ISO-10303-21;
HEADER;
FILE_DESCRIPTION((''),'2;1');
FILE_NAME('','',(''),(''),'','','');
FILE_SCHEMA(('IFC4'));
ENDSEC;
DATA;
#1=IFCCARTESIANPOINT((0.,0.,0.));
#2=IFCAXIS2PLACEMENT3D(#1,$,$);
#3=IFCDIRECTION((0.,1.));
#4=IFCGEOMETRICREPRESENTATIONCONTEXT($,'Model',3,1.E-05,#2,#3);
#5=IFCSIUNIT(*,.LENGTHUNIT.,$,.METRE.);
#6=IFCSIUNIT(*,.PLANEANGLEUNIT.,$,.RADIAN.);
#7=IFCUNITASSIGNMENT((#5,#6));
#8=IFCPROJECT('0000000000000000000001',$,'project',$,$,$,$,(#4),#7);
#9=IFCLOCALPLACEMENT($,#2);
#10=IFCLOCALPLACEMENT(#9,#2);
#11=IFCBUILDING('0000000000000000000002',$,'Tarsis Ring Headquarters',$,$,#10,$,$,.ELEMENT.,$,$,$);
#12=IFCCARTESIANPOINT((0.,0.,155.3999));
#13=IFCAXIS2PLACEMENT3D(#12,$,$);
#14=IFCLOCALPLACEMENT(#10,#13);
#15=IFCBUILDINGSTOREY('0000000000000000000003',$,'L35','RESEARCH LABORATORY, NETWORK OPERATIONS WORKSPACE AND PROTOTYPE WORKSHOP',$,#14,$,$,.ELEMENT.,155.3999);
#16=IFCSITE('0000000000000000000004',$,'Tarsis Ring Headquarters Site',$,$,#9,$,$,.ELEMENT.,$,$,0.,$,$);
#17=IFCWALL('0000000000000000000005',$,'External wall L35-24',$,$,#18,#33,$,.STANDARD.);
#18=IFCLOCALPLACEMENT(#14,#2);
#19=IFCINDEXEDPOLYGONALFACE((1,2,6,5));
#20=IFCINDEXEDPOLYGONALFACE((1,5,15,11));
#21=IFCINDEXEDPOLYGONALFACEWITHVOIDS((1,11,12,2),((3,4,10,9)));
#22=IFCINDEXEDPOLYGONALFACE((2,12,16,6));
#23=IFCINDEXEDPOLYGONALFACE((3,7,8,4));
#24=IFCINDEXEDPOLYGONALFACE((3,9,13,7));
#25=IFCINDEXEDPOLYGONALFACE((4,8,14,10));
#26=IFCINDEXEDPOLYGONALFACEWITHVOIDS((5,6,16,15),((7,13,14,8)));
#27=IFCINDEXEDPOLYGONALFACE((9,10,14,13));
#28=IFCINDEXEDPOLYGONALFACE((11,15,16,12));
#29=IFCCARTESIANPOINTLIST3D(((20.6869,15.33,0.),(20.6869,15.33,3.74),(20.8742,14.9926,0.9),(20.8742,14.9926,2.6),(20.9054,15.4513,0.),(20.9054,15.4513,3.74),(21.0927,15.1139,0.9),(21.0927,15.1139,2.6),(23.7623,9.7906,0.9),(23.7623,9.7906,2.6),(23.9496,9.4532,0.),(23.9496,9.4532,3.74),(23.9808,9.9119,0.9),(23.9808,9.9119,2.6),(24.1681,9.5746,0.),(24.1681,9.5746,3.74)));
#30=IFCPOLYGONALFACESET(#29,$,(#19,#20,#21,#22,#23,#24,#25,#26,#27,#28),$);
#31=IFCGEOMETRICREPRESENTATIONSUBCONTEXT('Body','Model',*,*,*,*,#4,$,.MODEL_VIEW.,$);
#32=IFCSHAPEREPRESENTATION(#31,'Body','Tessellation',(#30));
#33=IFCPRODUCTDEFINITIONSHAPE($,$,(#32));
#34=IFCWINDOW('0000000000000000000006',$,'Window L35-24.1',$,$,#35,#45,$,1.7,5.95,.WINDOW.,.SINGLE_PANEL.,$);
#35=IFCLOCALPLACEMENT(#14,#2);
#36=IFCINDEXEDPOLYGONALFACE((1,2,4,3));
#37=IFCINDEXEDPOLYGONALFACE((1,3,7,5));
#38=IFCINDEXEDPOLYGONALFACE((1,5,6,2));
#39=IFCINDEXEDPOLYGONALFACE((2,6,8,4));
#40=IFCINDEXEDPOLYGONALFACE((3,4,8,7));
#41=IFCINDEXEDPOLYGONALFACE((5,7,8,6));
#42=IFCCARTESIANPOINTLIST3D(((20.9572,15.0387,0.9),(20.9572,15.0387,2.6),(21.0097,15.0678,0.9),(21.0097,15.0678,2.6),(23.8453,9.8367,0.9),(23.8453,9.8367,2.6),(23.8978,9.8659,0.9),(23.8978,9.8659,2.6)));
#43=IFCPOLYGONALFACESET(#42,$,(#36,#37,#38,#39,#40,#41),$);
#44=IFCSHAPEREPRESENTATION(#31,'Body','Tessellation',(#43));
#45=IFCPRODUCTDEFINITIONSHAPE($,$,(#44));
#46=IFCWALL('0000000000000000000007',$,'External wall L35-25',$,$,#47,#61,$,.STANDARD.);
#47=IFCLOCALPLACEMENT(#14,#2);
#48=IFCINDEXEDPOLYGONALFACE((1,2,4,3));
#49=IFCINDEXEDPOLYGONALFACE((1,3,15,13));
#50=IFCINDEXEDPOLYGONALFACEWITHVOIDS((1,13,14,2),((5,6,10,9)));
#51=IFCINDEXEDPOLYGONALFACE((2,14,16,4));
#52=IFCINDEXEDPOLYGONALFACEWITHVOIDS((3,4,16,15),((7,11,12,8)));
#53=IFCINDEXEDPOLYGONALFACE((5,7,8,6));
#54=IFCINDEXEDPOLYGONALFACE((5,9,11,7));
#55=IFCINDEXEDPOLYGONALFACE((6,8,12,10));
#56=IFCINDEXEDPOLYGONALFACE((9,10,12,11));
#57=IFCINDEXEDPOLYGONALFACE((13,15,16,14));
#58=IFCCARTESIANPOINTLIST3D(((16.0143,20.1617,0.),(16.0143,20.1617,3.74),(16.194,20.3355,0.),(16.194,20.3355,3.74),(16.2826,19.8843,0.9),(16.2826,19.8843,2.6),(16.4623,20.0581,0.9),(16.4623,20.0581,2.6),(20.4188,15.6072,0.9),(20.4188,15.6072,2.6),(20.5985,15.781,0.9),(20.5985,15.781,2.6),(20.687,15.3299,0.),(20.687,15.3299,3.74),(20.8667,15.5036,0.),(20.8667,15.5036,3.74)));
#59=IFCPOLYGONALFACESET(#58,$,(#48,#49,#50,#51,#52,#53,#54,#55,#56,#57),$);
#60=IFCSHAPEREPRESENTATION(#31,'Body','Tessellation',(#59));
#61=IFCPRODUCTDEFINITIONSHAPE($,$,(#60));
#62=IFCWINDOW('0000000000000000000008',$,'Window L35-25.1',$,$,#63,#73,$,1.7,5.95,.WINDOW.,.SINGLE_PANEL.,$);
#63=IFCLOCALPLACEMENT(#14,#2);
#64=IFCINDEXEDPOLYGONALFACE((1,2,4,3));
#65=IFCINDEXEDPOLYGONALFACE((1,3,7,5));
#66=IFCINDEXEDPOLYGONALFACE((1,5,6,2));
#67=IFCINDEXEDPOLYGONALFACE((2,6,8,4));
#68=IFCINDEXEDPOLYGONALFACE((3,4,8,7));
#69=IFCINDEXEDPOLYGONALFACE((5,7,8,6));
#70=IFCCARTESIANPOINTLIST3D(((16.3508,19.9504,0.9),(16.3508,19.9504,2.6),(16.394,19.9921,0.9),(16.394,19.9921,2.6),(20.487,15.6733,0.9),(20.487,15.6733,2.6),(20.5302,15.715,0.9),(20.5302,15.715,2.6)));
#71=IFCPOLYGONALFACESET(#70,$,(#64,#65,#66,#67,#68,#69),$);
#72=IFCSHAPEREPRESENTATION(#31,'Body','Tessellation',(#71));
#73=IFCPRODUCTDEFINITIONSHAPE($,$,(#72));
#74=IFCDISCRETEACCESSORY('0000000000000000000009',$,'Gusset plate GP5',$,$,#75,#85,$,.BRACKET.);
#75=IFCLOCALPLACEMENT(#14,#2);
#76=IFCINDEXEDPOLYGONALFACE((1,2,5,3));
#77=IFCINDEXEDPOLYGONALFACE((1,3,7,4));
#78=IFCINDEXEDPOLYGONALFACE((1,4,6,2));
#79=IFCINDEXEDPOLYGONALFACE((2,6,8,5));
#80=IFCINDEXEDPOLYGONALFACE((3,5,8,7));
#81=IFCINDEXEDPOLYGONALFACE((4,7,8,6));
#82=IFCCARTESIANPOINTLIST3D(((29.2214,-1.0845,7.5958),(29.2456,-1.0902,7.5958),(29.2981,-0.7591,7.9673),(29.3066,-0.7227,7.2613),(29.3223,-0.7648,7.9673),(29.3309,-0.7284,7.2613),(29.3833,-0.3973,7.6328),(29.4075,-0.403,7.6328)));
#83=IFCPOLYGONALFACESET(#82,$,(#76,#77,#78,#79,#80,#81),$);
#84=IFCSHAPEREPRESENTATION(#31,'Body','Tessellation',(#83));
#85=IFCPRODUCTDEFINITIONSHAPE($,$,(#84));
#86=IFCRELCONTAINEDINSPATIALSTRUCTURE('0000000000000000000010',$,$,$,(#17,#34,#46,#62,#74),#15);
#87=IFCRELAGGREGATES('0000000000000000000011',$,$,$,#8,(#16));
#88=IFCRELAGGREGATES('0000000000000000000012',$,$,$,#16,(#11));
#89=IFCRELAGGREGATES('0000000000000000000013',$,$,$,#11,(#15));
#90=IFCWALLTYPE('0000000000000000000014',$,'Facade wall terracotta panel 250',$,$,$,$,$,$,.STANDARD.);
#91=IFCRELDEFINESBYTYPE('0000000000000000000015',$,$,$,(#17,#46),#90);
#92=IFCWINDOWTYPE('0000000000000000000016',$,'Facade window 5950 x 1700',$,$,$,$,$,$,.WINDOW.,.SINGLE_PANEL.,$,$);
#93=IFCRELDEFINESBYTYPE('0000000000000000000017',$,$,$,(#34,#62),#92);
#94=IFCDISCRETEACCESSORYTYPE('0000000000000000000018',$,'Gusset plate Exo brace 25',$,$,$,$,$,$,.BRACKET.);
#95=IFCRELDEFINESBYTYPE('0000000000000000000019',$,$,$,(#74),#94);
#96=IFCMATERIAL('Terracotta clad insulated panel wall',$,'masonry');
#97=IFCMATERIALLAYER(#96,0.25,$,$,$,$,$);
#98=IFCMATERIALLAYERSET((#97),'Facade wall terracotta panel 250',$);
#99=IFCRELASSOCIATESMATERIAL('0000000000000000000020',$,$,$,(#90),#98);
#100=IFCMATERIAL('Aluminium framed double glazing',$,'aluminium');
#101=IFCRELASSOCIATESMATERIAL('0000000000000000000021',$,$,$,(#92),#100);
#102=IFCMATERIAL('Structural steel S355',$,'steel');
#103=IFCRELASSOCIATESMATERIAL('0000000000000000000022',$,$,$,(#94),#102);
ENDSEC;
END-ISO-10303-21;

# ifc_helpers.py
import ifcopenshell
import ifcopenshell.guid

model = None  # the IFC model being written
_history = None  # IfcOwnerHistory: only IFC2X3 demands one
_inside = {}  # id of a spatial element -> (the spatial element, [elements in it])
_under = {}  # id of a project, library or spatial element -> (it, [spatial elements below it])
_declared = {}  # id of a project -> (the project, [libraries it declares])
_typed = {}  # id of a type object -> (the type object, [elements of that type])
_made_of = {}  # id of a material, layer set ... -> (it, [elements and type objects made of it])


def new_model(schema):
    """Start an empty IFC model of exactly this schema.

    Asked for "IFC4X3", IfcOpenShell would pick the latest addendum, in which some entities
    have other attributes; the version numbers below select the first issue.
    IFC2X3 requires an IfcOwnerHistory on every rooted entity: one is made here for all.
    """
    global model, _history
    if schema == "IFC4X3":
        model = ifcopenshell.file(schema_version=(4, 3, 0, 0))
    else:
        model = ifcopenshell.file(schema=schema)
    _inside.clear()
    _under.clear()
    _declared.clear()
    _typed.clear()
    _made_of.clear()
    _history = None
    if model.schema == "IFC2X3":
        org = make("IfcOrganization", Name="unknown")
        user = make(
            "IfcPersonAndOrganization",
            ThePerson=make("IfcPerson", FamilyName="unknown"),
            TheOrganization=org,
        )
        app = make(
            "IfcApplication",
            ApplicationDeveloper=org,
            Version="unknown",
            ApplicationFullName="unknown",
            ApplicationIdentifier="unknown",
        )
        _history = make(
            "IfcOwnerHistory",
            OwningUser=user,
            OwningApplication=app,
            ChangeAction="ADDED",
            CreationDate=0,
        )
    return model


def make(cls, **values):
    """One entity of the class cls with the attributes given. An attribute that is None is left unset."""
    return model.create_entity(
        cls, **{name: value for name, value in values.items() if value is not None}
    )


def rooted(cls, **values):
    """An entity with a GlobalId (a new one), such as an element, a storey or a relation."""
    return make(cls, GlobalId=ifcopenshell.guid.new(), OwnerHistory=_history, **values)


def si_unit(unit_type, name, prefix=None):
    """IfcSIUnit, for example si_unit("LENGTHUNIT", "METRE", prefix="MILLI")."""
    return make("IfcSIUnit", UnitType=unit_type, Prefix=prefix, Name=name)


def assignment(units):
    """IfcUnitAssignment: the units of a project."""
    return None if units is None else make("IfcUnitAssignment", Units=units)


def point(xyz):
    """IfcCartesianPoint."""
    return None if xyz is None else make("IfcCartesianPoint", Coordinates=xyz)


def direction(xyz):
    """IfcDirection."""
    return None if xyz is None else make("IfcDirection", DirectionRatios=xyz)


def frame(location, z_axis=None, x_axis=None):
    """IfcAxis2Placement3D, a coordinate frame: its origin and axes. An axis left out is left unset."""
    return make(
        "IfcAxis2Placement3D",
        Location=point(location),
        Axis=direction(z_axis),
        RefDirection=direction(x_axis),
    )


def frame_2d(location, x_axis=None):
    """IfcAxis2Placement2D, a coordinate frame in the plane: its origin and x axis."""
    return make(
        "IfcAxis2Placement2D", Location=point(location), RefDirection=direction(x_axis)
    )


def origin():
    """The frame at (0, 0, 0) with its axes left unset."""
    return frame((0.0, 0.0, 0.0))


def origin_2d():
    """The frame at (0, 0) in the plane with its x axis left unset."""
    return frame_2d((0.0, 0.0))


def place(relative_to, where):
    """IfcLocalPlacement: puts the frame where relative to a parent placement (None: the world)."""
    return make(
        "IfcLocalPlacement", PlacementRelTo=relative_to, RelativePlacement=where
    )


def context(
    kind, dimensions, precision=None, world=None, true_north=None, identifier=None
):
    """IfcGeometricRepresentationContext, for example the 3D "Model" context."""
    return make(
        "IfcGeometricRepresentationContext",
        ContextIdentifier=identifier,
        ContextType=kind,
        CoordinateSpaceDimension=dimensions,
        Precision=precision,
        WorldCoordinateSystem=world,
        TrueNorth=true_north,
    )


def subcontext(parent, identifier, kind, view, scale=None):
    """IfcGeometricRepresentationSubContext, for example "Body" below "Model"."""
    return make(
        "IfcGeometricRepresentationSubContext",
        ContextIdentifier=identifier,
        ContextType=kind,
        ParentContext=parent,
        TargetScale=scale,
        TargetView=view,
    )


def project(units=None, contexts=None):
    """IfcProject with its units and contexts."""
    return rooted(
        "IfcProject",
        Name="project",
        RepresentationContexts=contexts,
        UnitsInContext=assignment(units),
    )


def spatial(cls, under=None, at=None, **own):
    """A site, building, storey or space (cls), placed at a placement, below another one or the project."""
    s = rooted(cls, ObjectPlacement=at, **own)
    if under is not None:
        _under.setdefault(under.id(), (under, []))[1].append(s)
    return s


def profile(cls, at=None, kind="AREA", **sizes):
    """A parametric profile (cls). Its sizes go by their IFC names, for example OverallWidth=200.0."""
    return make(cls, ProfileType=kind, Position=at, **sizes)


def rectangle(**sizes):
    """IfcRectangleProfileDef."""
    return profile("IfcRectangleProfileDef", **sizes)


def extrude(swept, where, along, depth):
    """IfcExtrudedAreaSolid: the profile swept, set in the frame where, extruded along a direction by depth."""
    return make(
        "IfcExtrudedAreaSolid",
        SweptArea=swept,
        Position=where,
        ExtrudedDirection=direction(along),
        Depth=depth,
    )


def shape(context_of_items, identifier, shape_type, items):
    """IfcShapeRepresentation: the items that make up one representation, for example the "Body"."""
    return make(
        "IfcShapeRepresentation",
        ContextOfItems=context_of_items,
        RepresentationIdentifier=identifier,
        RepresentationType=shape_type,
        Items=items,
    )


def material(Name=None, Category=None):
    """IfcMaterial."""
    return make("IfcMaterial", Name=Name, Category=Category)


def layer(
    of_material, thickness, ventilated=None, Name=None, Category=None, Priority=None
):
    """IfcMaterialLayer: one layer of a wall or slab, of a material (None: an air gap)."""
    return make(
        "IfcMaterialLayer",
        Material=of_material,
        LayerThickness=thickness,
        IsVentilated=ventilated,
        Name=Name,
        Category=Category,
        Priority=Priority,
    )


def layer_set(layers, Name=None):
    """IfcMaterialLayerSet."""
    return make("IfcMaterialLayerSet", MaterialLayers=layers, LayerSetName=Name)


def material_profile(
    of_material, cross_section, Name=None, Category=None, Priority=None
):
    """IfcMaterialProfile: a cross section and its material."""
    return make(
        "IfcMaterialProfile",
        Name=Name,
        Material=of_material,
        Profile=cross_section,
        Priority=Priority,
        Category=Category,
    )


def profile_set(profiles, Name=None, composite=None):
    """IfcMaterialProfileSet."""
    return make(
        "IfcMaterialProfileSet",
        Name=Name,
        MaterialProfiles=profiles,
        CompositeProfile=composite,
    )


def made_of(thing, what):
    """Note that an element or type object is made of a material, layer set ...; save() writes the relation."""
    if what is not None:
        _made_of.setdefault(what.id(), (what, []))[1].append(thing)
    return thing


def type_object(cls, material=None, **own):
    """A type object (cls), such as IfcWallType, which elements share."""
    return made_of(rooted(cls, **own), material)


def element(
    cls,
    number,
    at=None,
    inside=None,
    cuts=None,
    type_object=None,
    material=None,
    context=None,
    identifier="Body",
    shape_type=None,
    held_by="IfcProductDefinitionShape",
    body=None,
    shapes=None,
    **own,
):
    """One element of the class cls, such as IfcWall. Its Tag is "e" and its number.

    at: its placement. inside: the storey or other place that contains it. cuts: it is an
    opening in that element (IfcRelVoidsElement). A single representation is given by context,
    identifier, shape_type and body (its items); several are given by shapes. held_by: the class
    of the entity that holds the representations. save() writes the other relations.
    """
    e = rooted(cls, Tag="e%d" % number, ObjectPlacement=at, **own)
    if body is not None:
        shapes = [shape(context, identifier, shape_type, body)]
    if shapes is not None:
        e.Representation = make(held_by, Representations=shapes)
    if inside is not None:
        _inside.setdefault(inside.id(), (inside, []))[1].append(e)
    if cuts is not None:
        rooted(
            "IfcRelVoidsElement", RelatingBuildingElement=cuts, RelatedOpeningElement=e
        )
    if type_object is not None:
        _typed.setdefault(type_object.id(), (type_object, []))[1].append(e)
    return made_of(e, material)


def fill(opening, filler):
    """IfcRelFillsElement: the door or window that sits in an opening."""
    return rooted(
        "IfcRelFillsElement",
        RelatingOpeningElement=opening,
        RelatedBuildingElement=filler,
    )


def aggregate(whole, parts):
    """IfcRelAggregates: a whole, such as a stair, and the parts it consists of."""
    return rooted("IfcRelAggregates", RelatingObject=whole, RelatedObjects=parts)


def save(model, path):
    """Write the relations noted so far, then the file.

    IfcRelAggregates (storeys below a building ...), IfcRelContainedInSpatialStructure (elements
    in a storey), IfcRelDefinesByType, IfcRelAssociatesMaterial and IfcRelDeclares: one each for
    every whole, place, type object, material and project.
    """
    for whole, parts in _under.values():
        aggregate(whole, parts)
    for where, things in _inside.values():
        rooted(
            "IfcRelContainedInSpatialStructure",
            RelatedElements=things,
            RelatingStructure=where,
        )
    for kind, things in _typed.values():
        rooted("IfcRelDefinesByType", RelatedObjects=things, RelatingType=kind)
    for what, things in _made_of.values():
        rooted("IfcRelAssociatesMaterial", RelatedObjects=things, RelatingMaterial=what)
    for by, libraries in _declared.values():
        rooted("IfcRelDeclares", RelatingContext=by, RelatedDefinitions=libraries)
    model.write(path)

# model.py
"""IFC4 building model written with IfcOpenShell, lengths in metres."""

from ifc_helpers import new_model, si_unit, direction, frame, frame_2d, origin, origin_2d, place, context, subcontext, project, spatial, rectangle, extrude, material, layer, layer_set, material_profile, profile_set, type_object, element, fill, save


model = new_model("IFC4")

# Units and contexts
model_context = context("Model", 3, precision=1e-05, world=origin(), true_north=direction((0.0, 1.0)))
body_context = subcontext(model_context, "Body", "Model", "MODEL_VIEW")
ifc_project = project(units=[si_unit("LENGTHUNIT", "METRE"), si_unit("PLANEANGLEUNIT", "RADIAN")], contexts=[model_context])

# Site, building, storey
site_placement = place(None, origin())
site = spatial("IfcSite", under=ifc_project, at=site_placement, Name="Tarsis Ring Headquarters Site", CompositionType="ELEMENT", RefElevation=0.0)
building_placement = place(site_placement, origin())
building = spatial("IfcBuilding", under=site, at=building_placement, Name="Tarsis Ring Headquarters", CompositionType="ELEMENT")
storey_placement = place(building_placement, frame((0.0, 0.0, 155.3999)))
storey = spatial("IfcBuildingStorey", under=building, at=storey_placement, Name="L35", Description="RESEARCH LABORATORY, NETWORK OPERATIONS WORKSPACE AND PROTOTYPE WORKSHOP", CompositionType="ELEMENT", Elevation=155.3999)

# Shared definitions
ifc_material_1 = material(Name="Structural steel S355", Category="steel")

# Walls, openings, windows
ifc_material_2 = material(Name="Terracotta clad insulated panel wall", Category="masonry")
ifc_layer_1 = layer(ifc_material_2, 0.25)
ifc_layer_set_1 = layer_set([ifc_layer_1], Name="Facade wall terracotta panel 250")
wall_type_1 = type_object("IfcWallType", Name="Facade wall terracotta panel 250", PredefinedType="STANDARD", material=ifc_layer_set_1)
ifc_material_3 = material(Name="Aluminium framed double glazing", Category="aluminium")
window_type = type_object("IfcWindowType", Name="Facade window 5950 x 1700", PartitioningType="SINGLE_PANEL", PredefinedType="WINDOW", material=ifc_material_3)
wall_1_placement = place(storey_placement, frame((24.0588, 9.5139, 0.0), z_axis=(0.0, 0.0, 1.0), x_axis=(-0.485399, 0.874293, 0.0)))
wall_1 = element("IfcWall", 1, at=wall_1_placement, inside=storey, type_object=wall_type_1, Name="External wall L35-24", PredefinedType="STANDARD", context=body_context, shape_type="SweptSolid", body=[
    extrude(rectangle(XDim=6.7217, YDim=0.25, at=frame_2d((3.3608, 0.0))), origin(), (0.0, 0.0, 1.0), 3.74),
])
opening_1_placement = place(wall_1_placement, frame((0.3857, 0.0, 0.8999)))
opening_1 = element("IfcOpeningElement", 2, at=opening_1_placement, cuts=wall_1, PredefinedType="OPENING", context=body_context, shape_type="SweptSolid", body=[
    extrude(rectangle(XDim=5.95, YDim=1.7, at=frame_2d((2.9751, 0.8501))), frame((0.0, 0.135, 0.0), z_axis=(0.0, -1.0, 0.0), x_axis=(1.0, 0.0, 0.0)), (0.0, 0.0, 1.0), 0.27),
])
window_1_placement = place(opening_1_placement, origin())
window_1 = element("IfcWindow", 3, at=window_1_placement, inside=storey, type_object=window_type, Name="Window L35-24.1", OverallHeight=1.7, OverallWidth=5.95, PartitioningType="SINGLE_PANEL", PredefinedType="WINDOW", context=body_context, shape_type="SweptSolid", body=[
    extrude(rectangle(XDim=5.95, YDim=1.7, at=frame_2d((2.9751, 0.8501))), frame((0.0, 0.03, 0.0), z_axis=(0.0, -1.0, 0.0), x_axis=(1.0, 0.0, 0.0)), (0.0, 0.0, 1.0), 0.0601),
])
fill(opening_1, window_1)
wall_2_placement = place(storey_placement, frame((20.7769, 15.4167, 0.0), z_axis=(0.0, 0.0, 1.0), x_axis=(-0.695167, 0.718849, 0.0)))
wall_2 = element("IfcWall", 4, at=wall_2_placement, inside=storey, type_object=wall_type_1, Name="External wall L35-25", PredefinedType="STANDARD", context=body_context, shape_type="SweptSolid", body=[
    extrude(rectangle(XDim=6.7217, YDim=0.25, at=frame_2d((3.3608, 0.0))), origin(), (0.0, 0.0, 1.0), 3.74),
])
opening_2_placement = place(wall_2_placement, frame((0.3857, 0.0, 0.8999)))
opening_2 = element("IfcOpeningElement", 5, at=opening_2_placement, cuts=wall_2, PredefinedType="OPENING", context=body_context, shape_type="SweptSolid", body=[
    extrude(rectangle(XDim=5.95, YDim=1.7, at=frame_2d((2.9751, 0.8501))), frame((0.0, 0.135, 0.0), z_axis=(0.0, -1.0, 0.0), x_axis=(1.0, 0.0, 0.0)), (0.0, 0.0, 1.0), 0.27),
])
window_2_placement = place(opening_2_placement, origin())
window_2 = element("IfcWindow", 6, at=window_2_placement, inside=storey, type_object=window_type, Name="Window L35-25.1", OverallHeight=1.7, OverallWidth=5.95, PartitioningType="SINGLE_PANEL", PredefinedType="WINDOW", context=body_context, shape_type="SweptSolid", body=[
    extrude(rectangle(XDim=5.95, YDim=1.7, at=frame_2d((2.9751, 0.8501))), frame((0.0, 0.03, 0.0), z_axis=(0.0, -1.0, 0.0), x_axis=(1.0, 0.0, 0.0)), (0.0, 0.0, 1.0), 0.0601),
])
fill(opening_2, window_2)

# Discrete accessory
ifc_material_profile_1 = material_profile(ifc_material_1, rectangle(XDim=0.0249, YDim=0.5, at=origin_2d()), Name="PL 25x500")
ifc_profile_set_1 = profile_set([ifc_material_profile_1], Name="Structural steel S355")
discrete_accessory_type = type_object("IfcDiscreteAccessoryType", Name="Gusset plate Exo brace 25", PredefinedType="BRACKET", material=ifc_profile_set_1)
discrete_accessory_placement = place(storey_placement, frame((29.3528, -0.5811, 7.8), z_axis=(-0.153363, -0.65106, -0.743371), x_axis=(0.97336, -0.229284, 0.0)))
element("IfcDiscreteAccessory", 7, at=discrete_accessory_placement, inside=storey, type_object=discrete_accessory_type, Name="Gusset plate GP5", PredefinedType="BRACKET", context=body_context, shape_type="SweptSolid", body=[
    extrude(rectangle(XDim=0.0249, YDim=0.5, at=origin_2d()), origin(), (0.0, 0.0, 1.0), 0.4998),
])

save(model, "model.ifc")
